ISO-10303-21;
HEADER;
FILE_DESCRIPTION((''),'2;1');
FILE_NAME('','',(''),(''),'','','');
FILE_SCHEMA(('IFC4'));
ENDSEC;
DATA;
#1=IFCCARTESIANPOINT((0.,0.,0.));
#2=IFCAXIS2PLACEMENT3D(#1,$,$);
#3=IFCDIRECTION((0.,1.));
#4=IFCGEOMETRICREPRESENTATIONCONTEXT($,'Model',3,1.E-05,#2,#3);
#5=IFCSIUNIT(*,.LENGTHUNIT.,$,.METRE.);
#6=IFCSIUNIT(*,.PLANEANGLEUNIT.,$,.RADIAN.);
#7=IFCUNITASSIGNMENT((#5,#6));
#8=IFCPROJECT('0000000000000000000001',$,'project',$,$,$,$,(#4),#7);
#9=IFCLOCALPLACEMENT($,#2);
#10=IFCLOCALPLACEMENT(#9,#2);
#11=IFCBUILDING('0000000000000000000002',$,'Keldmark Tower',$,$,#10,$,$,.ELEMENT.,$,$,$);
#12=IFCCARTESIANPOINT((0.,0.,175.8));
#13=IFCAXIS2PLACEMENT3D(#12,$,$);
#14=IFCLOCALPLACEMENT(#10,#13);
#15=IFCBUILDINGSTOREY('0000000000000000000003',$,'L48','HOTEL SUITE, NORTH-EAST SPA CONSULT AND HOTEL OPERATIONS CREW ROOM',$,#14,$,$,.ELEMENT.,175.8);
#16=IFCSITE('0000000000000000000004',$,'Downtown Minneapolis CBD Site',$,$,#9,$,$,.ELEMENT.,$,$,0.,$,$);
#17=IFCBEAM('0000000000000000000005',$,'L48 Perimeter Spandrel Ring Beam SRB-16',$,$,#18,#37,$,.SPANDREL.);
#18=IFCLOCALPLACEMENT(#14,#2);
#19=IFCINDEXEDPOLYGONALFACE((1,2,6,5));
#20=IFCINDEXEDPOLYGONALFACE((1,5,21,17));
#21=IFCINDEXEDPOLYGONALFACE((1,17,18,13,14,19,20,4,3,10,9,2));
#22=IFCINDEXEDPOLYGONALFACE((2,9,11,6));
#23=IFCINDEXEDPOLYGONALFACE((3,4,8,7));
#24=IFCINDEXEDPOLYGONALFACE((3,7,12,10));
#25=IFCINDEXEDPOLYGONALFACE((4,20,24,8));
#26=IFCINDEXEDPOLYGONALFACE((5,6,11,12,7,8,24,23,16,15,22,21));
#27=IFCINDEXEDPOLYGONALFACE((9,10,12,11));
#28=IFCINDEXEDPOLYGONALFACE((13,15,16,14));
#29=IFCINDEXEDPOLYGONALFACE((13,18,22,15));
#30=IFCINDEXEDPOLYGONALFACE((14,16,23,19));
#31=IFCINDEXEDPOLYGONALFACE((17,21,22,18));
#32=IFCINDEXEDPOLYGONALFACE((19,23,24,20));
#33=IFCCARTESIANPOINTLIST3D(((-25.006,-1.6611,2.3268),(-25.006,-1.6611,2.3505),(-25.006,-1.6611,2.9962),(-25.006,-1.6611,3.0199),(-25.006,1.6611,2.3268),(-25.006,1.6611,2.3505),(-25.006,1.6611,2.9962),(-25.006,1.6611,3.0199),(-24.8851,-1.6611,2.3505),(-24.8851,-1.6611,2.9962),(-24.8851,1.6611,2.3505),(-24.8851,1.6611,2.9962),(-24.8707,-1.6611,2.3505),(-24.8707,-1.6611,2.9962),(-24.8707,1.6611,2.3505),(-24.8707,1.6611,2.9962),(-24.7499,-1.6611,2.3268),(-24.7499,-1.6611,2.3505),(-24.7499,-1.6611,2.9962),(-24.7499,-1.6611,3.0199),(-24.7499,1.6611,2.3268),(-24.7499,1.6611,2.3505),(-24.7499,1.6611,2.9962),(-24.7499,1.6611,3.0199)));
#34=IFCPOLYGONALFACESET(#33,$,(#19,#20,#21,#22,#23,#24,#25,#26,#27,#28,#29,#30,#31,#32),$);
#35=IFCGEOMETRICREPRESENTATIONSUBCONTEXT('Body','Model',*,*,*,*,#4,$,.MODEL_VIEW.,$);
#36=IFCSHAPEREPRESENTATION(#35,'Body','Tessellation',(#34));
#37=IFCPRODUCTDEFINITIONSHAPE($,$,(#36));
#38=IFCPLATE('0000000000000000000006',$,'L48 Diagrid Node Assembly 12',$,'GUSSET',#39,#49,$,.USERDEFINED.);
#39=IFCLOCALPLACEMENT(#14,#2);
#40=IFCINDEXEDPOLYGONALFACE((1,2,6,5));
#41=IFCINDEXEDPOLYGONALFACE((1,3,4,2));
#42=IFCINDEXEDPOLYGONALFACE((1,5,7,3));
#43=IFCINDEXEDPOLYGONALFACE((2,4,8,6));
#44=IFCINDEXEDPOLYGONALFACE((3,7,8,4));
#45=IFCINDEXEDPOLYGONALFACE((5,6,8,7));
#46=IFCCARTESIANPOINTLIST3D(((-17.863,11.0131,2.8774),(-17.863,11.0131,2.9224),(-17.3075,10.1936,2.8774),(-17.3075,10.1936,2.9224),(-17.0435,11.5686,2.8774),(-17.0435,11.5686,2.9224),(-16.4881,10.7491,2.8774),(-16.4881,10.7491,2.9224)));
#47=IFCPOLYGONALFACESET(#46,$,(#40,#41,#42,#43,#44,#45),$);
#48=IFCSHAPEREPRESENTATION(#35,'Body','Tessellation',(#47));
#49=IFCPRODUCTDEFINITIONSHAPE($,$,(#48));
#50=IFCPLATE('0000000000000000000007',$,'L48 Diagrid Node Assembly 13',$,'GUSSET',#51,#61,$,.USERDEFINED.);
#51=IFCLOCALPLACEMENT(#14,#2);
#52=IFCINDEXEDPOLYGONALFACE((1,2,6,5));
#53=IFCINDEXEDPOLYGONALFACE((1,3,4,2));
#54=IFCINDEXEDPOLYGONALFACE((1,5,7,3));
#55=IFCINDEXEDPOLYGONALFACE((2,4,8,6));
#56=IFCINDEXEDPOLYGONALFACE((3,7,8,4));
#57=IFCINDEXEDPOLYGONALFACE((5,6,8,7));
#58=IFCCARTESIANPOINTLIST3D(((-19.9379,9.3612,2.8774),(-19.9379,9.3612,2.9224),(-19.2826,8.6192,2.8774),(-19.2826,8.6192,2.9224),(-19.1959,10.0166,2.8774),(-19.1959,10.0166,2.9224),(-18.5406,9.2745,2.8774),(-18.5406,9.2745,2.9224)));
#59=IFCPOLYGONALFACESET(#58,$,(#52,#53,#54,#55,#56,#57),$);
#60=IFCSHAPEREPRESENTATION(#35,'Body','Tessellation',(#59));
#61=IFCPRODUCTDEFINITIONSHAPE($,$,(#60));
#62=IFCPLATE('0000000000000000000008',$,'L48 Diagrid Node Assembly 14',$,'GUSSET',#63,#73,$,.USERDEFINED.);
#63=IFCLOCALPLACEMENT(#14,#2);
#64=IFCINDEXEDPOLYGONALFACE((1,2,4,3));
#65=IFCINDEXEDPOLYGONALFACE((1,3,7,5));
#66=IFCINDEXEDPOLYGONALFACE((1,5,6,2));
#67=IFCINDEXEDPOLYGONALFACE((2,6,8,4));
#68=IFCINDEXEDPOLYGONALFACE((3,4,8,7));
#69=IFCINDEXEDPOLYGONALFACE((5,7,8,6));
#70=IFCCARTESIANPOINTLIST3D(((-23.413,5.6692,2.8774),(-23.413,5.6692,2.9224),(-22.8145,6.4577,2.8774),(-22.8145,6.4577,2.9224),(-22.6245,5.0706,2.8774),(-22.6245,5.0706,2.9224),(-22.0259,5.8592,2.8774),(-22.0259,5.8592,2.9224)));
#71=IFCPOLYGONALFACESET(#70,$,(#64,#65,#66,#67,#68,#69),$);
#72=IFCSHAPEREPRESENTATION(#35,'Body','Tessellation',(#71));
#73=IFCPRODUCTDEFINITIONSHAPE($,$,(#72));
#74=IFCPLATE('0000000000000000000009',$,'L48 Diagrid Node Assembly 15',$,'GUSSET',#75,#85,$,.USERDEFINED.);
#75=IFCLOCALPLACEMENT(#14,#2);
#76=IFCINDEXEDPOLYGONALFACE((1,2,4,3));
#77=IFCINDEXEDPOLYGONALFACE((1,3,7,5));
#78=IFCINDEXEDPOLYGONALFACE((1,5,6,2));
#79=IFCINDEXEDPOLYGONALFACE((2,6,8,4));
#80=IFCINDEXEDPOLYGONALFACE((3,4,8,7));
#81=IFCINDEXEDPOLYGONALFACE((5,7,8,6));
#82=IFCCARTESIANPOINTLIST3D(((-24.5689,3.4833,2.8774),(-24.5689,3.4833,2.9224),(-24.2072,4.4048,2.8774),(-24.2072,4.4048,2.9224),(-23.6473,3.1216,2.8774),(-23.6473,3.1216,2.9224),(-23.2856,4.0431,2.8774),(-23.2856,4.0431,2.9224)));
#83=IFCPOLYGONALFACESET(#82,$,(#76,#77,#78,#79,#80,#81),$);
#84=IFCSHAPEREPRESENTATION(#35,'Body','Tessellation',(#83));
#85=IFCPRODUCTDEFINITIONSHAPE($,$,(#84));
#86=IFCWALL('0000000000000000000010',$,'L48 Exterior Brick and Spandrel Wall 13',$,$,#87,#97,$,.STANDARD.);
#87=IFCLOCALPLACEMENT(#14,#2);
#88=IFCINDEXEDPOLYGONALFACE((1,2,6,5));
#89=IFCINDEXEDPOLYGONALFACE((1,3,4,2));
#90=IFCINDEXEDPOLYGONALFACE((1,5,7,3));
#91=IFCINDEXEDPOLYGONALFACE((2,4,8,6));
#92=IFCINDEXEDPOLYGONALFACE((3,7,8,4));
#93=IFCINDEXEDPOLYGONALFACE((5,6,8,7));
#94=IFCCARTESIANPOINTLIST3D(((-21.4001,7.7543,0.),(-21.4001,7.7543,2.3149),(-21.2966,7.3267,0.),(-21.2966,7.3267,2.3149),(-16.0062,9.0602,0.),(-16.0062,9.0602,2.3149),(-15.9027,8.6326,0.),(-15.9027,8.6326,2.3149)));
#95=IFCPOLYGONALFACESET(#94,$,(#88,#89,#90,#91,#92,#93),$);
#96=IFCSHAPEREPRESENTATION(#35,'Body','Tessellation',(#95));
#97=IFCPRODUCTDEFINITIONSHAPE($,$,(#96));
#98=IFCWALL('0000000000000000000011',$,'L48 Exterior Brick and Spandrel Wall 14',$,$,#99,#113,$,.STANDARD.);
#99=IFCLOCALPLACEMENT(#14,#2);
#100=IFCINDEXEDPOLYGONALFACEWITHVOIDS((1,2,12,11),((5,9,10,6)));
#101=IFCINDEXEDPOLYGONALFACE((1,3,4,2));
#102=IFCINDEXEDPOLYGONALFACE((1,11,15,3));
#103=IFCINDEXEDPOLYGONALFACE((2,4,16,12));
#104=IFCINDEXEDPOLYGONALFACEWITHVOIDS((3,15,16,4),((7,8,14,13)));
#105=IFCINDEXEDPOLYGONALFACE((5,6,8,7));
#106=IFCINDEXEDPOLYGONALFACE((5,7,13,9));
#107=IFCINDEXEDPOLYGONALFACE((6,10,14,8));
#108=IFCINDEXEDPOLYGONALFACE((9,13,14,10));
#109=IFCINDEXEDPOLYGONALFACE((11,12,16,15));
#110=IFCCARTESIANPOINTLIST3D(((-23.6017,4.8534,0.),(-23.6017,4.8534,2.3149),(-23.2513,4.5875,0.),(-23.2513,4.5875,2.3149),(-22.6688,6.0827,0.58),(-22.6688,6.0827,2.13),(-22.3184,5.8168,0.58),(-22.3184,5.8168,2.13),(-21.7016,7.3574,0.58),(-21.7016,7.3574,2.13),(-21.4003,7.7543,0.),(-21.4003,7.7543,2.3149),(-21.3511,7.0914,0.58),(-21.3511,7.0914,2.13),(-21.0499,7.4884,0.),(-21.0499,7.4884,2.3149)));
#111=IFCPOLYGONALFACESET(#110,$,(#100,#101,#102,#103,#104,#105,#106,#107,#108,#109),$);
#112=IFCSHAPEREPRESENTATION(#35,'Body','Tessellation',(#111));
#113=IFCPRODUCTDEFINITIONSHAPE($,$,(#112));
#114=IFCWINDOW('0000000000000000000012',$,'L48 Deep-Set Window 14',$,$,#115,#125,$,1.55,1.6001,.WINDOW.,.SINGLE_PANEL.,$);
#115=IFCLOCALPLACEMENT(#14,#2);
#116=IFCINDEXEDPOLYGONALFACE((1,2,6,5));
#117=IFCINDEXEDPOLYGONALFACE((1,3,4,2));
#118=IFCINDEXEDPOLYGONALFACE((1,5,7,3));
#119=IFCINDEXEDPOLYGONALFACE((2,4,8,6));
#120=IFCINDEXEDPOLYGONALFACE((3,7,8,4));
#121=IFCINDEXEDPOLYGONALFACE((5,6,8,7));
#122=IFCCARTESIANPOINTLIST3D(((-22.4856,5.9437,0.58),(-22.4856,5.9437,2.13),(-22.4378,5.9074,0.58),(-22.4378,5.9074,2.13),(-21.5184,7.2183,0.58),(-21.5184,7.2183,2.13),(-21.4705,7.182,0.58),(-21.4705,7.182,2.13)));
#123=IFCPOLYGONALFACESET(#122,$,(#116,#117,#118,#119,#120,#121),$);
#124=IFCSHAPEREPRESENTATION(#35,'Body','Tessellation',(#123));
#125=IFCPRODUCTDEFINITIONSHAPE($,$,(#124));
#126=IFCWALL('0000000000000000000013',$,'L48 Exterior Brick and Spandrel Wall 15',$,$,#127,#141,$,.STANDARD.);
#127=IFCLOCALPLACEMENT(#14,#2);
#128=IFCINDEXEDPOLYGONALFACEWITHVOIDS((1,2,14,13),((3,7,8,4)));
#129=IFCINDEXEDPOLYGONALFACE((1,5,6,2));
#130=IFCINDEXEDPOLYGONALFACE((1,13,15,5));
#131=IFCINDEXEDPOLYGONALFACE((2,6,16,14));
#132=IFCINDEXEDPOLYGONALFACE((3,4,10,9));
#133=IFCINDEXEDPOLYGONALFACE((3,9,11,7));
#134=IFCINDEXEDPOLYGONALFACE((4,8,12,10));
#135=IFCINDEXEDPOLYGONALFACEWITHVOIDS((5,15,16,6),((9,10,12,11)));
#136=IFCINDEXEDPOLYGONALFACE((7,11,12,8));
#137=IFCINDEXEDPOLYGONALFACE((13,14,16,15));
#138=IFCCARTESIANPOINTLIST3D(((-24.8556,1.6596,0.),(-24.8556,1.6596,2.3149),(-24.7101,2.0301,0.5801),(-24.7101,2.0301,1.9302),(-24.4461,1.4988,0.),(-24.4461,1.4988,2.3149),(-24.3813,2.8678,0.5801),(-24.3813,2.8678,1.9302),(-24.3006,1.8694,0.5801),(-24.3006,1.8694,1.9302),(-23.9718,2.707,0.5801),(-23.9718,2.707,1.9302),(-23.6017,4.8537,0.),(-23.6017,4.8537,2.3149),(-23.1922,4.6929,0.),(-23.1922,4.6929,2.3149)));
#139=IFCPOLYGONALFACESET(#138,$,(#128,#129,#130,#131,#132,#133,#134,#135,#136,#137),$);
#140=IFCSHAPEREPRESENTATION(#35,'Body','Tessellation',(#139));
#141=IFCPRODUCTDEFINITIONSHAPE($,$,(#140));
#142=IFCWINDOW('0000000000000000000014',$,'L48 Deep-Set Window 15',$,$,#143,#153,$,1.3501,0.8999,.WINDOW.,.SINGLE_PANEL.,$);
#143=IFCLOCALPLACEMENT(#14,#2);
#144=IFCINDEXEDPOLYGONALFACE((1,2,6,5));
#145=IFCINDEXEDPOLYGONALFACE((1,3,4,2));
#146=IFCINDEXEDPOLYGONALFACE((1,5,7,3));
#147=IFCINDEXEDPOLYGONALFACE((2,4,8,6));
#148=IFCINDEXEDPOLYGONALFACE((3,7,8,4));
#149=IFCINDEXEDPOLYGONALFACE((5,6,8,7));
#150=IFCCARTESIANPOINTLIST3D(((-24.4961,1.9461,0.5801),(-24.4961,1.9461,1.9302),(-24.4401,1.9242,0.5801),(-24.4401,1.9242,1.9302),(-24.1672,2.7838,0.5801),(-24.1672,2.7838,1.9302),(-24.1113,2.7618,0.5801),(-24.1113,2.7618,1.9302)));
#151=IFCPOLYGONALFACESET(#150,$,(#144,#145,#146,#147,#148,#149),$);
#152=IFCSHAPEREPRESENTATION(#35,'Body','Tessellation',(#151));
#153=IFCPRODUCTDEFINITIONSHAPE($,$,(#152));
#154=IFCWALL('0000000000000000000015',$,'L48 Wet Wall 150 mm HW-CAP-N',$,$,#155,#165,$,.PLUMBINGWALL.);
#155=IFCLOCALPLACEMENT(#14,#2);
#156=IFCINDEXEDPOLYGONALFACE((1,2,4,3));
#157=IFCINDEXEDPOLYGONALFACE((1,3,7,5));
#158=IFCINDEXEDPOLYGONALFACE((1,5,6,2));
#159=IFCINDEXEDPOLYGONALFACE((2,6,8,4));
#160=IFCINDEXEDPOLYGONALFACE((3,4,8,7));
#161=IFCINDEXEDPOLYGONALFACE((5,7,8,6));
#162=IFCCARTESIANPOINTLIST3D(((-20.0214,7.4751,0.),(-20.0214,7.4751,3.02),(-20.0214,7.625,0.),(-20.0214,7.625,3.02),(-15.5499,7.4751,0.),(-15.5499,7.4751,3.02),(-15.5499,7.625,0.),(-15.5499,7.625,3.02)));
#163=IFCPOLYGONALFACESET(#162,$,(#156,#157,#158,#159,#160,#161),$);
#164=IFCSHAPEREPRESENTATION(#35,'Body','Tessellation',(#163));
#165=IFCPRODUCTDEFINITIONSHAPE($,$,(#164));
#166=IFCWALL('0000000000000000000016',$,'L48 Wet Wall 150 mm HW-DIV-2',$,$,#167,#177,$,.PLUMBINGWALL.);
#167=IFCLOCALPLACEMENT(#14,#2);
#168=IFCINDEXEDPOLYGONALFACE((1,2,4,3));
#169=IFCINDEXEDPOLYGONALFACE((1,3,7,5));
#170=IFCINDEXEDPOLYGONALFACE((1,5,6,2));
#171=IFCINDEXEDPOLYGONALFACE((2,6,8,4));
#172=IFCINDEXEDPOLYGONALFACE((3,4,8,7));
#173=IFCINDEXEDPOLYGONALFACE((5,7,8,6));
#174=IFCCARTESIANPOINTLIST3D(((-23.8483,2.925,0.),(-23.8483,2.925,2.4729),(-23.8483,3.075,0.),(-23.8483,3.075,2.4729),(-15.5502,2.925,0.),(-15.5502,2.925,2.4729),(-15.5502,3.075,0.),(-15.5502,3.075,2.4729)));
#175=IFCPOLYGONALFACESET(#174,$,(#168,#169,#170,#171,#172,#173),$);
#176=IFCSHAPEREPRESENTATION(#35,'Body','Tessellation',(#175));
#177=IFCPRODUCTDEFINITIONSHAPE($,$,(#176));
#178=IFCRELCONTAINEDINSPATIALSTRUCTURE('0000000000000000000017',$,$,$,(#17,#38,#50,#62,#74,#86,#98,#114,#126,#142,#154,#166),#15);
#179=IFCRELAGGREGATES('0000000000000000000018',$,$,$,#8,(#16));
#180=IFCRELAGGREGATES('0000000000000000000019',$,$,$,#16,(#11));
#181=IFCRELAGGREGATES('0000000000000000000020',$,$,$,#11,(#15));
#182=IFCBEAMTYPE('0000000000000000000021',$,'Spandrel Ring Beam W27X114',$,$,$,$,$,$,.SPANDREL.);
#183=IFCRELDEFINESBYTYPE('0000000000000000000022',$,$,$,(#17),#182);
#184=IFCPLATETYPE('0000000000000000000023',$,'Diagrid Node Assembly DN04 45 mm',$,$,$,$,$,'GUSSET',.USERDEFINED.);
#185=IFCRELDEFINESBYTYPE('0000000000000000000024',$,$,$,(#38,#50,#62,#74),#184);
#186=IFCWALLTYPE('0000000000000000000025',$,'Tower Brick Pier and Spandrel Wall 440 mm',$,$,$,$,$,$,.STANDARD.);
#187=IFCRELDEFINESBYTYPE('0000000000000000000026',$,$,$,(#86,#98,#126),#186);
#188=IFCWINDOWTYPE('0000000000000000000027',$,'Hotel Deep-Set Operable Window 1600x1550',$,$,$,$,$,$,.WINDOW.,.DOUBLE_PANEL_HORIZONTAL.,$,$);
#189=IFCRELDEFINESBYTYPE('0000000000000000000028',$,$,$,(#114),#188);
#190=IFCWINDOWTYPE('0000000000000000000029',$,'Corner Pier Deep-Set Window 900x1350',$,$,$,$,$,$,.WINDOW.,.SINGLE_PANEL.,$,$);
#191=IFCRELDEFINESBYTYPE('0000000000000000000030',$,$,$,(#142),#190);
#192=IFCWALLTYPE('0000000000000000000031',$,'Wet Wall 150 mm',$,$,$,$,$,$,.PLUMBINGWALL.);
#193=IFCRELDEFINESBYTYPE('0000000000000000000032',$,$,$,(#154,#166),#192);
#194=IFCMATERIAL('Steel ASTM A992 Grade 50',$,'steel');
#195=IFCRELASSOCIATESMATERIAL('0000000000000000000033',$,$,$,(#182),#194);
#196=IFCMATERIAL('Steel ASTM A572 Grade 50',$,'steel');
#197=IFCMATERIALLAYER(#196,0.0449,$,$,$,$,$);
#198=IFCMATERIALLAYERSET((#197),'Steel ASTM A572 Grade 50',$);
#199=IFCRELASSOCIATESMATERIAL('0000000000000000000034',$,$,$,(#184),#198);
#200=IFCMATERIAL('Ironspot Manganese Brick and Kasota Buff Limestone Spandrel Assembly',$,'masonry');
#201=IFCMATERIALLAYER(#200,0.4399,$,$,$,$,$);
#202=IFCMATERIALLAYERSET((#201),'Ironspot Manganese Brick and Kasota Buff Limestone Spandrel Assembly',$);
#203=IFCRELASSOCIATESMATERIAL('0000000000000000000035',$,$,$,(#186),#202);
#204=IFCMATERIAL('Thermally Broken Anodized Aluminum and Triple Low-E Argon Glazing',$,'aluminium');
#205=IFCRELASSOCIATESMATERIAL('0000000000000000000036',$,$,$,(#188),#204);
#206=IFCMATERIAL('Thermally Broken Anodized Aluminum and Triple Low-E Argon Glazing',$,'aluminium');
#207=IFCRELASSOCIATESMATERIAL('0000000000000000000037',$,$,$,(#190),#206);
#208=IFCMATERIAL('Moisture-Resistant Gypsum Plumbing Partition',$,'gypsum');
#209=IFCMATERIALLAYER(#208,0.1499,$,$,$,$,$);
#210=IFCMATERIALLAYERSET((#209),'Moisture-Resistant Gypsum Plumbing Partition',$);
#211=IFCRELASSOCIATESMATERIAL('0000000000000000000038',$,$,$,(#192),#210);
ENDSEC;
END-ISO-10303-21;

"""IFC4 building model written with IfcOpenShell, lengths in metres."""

from ifc_helpers import new_model, si_unit, direction, frame, frame_2d, origin, origin_2d, place, context, subcontext, project, spatial, rectangle, i_section, extrude, material, layer, layer_set, material_profile, profile_set, type_object, element, fill, save


model = new_model("IFC4")

# Units and contexts
model_context = context("Model", 3, precision=1e-05, world=origin(), true_north=direction((0.0, 1.0)))
body_context = subcontext(model_context, "Body", "Model", "MODEL_VIEW")
ifc_project = project(units=[si_unit("LENGTHUNIT", "METRE"), si_unit("PLANEANGLEUNIT", "RADIAN")], contexts=[model_context])

# Site, building, storey
site_placement = place(None, origin())
site = spatial("IfcSite", under=ifc_project, at=site_placement, Name="Downtown Minneapolis CBD Site", CompositionType="ELEMENT", RefElevation=0.0)
building_placement = place(site_placement, origin())
building = spatial("IfcBuilding", under=site, at=building_placement, Name="Keldmark Tower", CompositionType="ELEMENT")
storey_placement = place(building_placement, frame((0.0, 0.0, 175.8)))
storey = spatial("IfcBuildingStorey", under=building, at=storey_placement, Name="L48", Description="HOTEL SUITE, NORTH-EAST SPA CONSULT AND HOTEL OPERATIONS CREW ROOM", CompositionType="ELEMENT", Elevation=175.8)

# Beam
ifc_material_1 = material(Name="Steel ASTM A992 Grade 50", Category="steel")
ifc_material_profile_1 = material_profile(ifc_material_1, i_section(OverallWidth=0.2561, OverallDepth=0.6931, WebThickness=0.0144, FlangeThickness=0.0237, at=origin_2d()), Name="W27X114")
ifc_profile_set_1 = profile_set([ifc_material_profile_1], Name="Steel ASTM A992 Grade 50")
beam_type_1 = type_object("IfcBeamType", Name="Spandrel Ring Beam W27X114", PredefinedType="SPANDREL", material=ifc_profile_set_1)
beam_1_placement = place(storey_placement, frame((-24.8779, 1.6611, 2.6733), z_axis=(0.0, -1.0, 0.0), x_axis=(1.0, 0.0, 0.0)))
element("IfcBeam", 1, at=beam_1_placement, inside=storey, type_object=beam_type_1, Name="L48 Perimeter Spandrel Ring Beam SRB-16", PredefinedType="SPANDREL", context=body_context, shape_type="SweptSolid", body=[
    extrude(i_section(OverallWidth=0.2561, OverallDepth=0.6931, WebThickness=0.0144, FlangeThickness=0.0237, at=origin_2d()), origin(), (0.0, 0.0, 1.0), 3.3223),
])

# Plates
ifc_material_2 = material(Name="Steel ASTM A572 Grade 50", Category="steel")
ifc_layer_1 = layer(ifc_material_2, 0.0449)
ifc_layer_set_1 = layer_set([ifc_layer_1], Name="Steel ASTM A572 Grade 50")
plate_type = type_object("IfcPlateType", Name="Diagrid Node Assembly DN04 45 mm", ElementType="GUSSET", PredefinedType="USERDEFINED", material=ifc_layer_set_1)
for number, where, z_axis, x_axis, name in (
    (2, (-17.1755, 10.8811, 2.8774), (0.0, 0.0, 1.0), (-0.827767, -0.561072, 0.0), "L48 Diagrid Node Assembly 12"),
    (3, (-19.2393, 9.3179, 2.8774), (0.0, 0.0, 1.0), (-0.749534, -0.661966, 0.0), "L48 Diagrid Node Assembly 13"),
    (4, (-22.7195, 5.7642, 2.8774), (0.0, 0.0, 1.0), (-0.604599, -0.79653, 0.0), "L48 Diagrid Node Assembly 14"),
    (5, (-23.9272, 3.7632, 2.8774), (0.0, 0.0, 1.0), (-0.365364, -0.930865, 0.0), "L48 Diagrid Node Assembly 15"),
):
    element("IfcPlate", number, at=place(storey_placement, frame(where, z_axis=z_axis, x_axis=x_axis)), inside=storey, type_object=plate_type, Name=name, ObjectType="GUSSET", PredefinedType="USERDEFINED", context=body_context, shape_type="SweptSolid", body=[
        extrude(rectangle(XDim=0.99, YDim=0.99, at=origin_2d()), origin(), (0.0, 0.0, 1.0), 0.0449),
    ])

# Wall
ifc_material_3 = material(Name="Ironspot Manganese Brick and Kasota Buff Limestone Spandrel Assembly", Category="masonry")
ifc_layer_2 = layer(ifc_material_3, 0.4399)
ifc_layer_set_2 = layer_set([ifc_layer_2], Name="Ironspot Manganese Brick and Kasota Buff Limestone Spandrel Assembly")
wall_type_1 = type_object("IfcWallType", Name="Tower Brick Pier and Spandrel Wall 440 mm", PredefinedType="STANDARD", material=ifc_layer_set_2)
wall_1_placement = place(storey_placement, frame((-21.3484, 7.5405, 0.0), z_axis=(0.0, 0.0, 1.0), x_axis=(0.971922, 0.235304, 0.0)))
element("IfcWall", 6, at=wall_1_placement, inside=storey, type_object=wall_type_1, Name="L48 Exterior Brick and Spandrel Wall 13", PredefinedType="STANDARD", context=body_context, shape_type="SweptSolid", body=[
    extrude(rectangle(XDim=5.5498, YDim=0.4399, at=frame_2d((2.7749, 0.0))), origin(), (0.0, 0.0, 1.0), 2.3149),
])

# Walls, openings, windows
wall_2_placement = place(storey_placement, frame((-23.4265, 4.7205, 0.0), z_axis=(0.0, 0.0, 1.0), x_axis=(0.604517, 0.796592, 0.0)))
wall_2 = element("IfcWall", 7, at=wall_2_placement, inside=storey, type_object=wall_type_1, Name="L48 Exterior Brick and Spandrel Wall 14", PredefinedType="STANDARD", context=body_context, shape_type="SweptSolid", body=[
    extrude(rectangle(XDim=3.6416, YDim=0.4399, at=frame_2d((1.8208, 0.0))), origin(), (0.0, 0.0, 1.0), 2.3149),
])
opening_1_placement = place(wall_2_placement, frame((1.5432, 0.0, 0.5801)))
opening_1 = element("IfcOpeningElement", 8, at=opening_1_placement, cuts=wall_2, PredefinedType="OPENING", context=body_context, shape_type="SweptSolid", body=[
    extrude(rectangle(XDim=1.6001, YDim=1.55, at=frame_2d((0.8, 0.7749))), frame((0.0, 0.23, 0.0), z_axis=(0.0, -1.0, 0.0), x_axis=(1.0, 0.0, 0.0)), (0.0, 0.0, 1.0), 0.46),
])
ifc_material_4 = material(Name="Thermally Broken Anodized Aluminum and Triple Low-E Argon Glazing", Category="aluminium")
window_type_1 = type_object("IfcWindowType", Name="Hotel Deep-Set Operable Window 1600x1550", PartitioningType="DOUBLE_PANEL_HORIZONTAL", PredefinedType="WINDOW", material=ifc_material_4)
window_1_placement = place(opening_1_placement, origin())
window_1 = element("IfcWindow", 9, at=window_1_placement, inside=storey, type_object=window_type_1, Name="L48 Deep-Set Window 14", OverallHeight=1.55, OverallWidth=1.6001, PartitioningType="SINGLE_PANEL", PredefinedType="WINDOW", context=body_context, shape_type="SweptSolid", body=[
    extrude(rectangle(XDim=1.6001, YDim=1.55, at=frame_2d((0.8, 0.7749))), frame((0.0, -0.01, 0.0), z_axis=(0.0, -1.0, 0.0), x_axis=(1.0, 0.0, 0.0)), (0.0, 0.0, 1.0), 0.0601),
])
fill(opening_1, window_1)
wall_3_placement = place(storey_placement, frame((-24.6509, 1.5791, 0.0), z_axis=(0.0, 0.0, 1.0), x_axis=(0.365421, 0.930842, 0.0)))
wall_3 = element("IfcWall", 10, at=wall_3_placement, inside=storey, type_object=wall_type_1, Name="L48 Exterior Brick and Spandrel Wall 15", PredefinedType="STANDARD", context=body_context, shape_type="SweptSolid", body=[
    extrude(rectangle(XDim=3.4314, YDim=0.4399, at=frame_2d((1.7158, 0.0))), origin(), (0.0, 0.0, 1.0), 2.3149),
])
opening_2_placement = place(wall_3_placement, frame((0.3982, 0.0, 0.5801)))
opening_2 = element("IfcOpeningElement", 11, at=opening_2_placement, cuts=wall_3, PredefinedType="OPENING", context=body_context, shape_type="SweptSolid", body=[
    extrude(rectangle(XDim=0.8999, YDim=1.3501, at=frame_2d((0.45, 0.675))), frame((0.0, 0.23, 0.0), z_axis=(0.0, -1.0, 0.0), x_axis=(1.0, 0.0, 0.0)), (0.0, 0.0, 1.0), 0.46),
])
ifc_material_5 = material(Name="Thermally Broken Anodized Aluminum and Triple Low-E Argon Glazing", Category="aluminium")
window_type_2 = type_object("IfcWindowType", Name="Corner Pier Deep-Set Window 900x1350", PartitioningType="SINGLE_PANEL", PredefinedType="WINDOW", material=ifc_material_5)
window_2_placement = place(opening_2_placement, origin())
window_2 = element("IfcWindow", 12, at=window_2_placement, inside=storey, type_object=window_type_2, Name="L48 Deep-Set Window 15", OverallHeight=1.3501, OverallWidth=0.8999, PartitioningType="SINGLE_PANEL", PredefinedType="WINDOW", context=body_context, shape_type="SweptSolid", body=[
    extrude(rectangle(XDim=0.8999, YDim=1.3501, at=frame_2d((0.45, 0.675))), frame((0.0, -0.01, 0.0), z_axis=(0.0, -1.0, 0.0), x_axis=(1.0, 0.0, 0.0)), (0.0, 0.0, 1.0), 0.0601),
])
fill(opening_2, window_2)

# Walls
ifc_material_6 = material(Name="Moisture-Resistant Gypsum Plumbing Partition", Category="gypsum")
ifc_layer_3 = layer(ifc_material_6, 0.1499)
ifc_layer_set_3 = layer_set([ifc_layer_3], Name="Moisture-Resistant Gypsum Plumbing Partition")
wall_type_2 = type_object("IfcWallType", Name="Wet Wall 150 mm", PredefinedType="PLUMBINGWALL", material=ifc_layer_set_3)
wall_4_placement = place(storey_placement, frame((-20.0215, 7.55, 0.0), z_axis=(0.0, 0.0, 1.0), x_axis=(1.0, 0.0, 0.0)))
element("IfcWall", 13, at=wall_4_placement, inside=storey, type_object=wall_type_2, Name="L48 Wet Wall 150 mm HW-CAP-N", PredefinedType="PLUMBINGWALL", context=body_context, shape_type="SweptSolid", body=[
    extrude(rectangle(XDim=4.4714, YDim=0.1499, at=frame_2d((2.2358, 0.0))), origin(), (0.0, 0.0, 1.0), 3.02),
])
wall_5_placement = place(storey_placement, frame((-23.8481, 3.0, 0.0), z_axis=(0.0, 0.0, 1.0), x_axis=(1.0, 0.0, 0.0)))
element("IfcWall", 14, at=wall_5_placement, inside=storey, type_object=wall_type_2, Name="L48 Wet Wall 150 mm HW-DIV-2", PredefinedType="PLUMBINGWALL", context=body_context, shape_type="SweptSolid", body=[
    extrude(rectangle(XDim=8.2981, YDim=0.1499, at=frame_2d((4.1489, 0.0))), origin(), (0.0, 0.0, 1.0), 2.4729),
])

save(model, "model.ifc")
